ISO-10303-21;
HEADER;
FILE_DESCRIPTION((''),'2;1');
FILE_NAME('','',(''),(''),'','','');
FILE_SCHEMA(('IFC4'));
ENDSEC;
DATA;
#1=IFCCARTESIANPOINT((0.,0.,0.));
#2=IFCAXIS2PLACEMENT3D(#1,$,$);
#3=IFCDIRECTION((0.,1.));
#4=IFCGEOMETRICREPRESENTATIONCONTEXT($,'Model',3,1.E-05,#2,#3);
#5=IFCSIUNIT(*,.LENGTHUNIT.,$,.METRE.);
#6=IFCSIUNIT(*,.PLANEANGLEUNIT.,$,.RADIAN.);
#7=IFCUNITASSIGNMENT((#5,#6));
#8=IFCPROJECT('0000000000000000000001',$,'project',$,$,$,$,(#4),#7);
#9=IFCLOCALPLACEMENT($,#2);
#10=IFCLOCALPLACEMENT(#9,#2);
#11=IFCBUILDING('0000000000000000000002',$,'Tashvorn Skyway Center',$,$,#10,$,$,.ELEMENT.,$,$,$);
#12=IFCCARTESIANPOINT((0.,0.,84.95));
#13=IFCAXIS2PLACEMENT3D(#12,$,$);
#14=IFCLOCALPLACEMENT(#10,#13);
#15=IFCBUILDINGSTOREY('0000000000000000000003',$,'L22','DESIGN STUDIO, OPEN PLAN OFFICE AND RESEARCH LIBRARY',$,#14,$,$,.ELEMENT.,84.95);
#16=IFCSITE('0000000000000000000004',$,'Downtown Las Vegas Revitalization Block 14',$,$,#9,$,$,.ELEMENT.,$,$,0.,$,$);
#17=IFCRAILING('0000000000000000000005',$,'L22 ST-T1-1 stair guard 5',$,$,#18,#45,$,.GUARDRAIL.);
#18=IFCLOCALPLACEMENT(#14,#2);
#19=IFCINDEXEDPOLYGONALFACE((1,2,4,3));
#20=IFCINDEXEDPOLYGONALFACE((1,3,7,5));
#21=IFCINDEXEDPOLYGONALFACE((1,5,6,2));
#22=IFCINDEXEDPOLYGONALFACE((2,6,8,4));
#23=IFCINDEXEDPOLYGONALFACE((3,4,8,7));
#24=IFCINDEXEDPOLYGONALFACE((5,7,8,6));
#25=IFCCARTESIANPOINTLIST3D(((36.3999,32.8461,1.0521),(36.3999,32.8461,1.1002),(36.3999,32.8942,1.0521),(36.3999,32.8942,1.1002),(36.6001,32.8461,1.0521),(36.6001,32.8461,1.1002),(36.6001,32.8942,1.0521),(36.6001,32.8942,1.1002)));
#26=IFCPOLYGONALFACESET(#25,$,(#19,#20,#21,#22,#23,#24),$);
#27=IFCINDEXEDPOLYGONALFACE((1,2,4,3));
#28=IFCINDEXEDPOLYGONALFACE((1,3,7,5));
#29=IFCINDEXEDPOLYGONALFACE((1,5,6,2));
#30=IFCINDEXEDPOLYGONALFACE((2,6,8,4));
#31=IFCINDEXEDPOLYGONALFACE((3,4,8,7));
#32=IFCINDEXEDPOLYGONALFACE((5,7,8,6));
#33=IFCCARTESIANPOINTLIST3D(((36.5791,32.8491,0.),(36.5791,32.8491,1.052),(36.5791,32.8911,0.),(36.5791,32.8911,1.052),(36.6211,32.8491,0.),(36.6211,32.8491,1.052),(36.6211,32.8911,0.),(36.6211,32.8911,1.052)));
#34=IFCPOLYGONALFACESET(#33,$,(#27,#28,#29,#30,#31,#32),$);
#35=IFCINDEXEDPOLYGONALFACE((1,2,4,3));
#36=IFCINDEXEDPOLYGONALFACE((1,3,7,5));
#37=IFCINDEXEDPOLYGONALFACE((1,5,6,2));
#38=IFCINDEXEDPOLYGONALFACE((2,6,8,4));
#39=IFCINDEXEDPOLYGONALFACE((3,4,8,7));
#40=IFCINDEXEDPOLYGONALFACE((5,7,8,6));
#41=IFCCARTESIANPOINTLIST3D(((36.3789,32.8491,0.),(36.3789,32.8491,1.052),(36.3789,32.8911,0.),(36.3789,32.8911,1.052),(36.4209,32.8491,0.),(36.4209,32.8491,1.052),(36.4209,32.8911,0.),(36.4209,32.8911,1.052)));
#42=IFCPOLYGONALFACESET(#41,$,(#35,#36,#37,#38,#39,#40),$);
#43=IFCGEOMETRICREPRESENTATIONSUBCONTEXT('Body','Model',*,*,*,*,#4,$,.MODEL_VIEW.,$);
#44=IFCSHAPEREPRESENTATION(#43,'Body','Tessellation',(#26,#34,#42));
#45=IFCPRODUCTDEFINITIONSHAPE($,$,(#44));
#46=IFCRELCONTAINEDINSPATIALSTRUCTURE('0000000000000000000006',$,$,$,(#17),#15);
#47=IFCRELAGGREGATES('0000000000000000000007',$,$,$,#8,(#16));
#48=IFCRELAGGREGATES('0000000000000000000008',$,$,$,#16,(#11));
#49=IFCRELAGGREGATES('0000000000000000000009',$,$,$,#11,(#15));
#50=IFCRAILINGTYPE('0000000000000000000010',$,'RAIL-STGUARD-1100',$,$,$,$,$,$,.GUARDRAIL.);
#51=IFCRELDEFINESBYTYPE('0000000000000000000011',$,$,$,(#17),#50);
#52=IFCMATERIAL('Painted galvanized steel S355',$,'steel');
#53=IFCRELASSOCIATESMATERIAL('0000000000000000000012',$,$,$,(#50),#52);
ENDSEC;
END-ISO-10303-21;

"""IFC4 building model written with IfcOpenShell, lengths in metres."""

from ifc_helpers import new_model, si_unit, direction, frame, origin, origin_2d, place, context, subcontext, project, spatial, rectangle, extrude, material, type_object, element, save


model = new_model("IFC4")

# Units and contexts
model_context = context("Model", 3, precision=1e-05, world=origin(), true_north=direction((0.0, 1.0)))
body_context = subcontext(model_context, "Body", "Model", "MODEL_VIEW")
ifc_project = project(units=[si_unit("LENGTHUNIT", "METRE"), si_unit("PLANEANGLEUNIT", "RADIAN")], contexts=[model_context])

# Site, building, storey
site_placement = place(None, origin())
site = spatial("IfcSite", under=ifc_project, at=site_placement, Name="Downtown Las Vegas Revitalization Block 14", CompositionType="ELEMENT", RefElevation=0.0)
building_placement = place(site_placement, origin())
building = spatial("IfcBuilding", under=site, at=building_placement, Name="Tashvorn Skyway Center", CompositionType="ELEMENT")
storey_placement = place(building_placement, frame((0.0, 0.0, 84.95)))
storey = spatial("IfcBuildingStorey", under=building, at=storey_placement, Name="L22", Description="DESIGN STUDIO, OPEN PLAN OFFICE AND RESEARCH LIBRARY", CompositionType="ELEMENT", Elevation=84.95)

# Railing
ifc_material_1 = material(Name="Painted galvanized steel S355", Category="steel")
railing_type_1 = type_object("IfcRailingType", Name="RAIL-STGUARD-1100", PredefinedType="GUARDRAIL", material=ifc_material_1)
railing_1_placement = place(storey_placement, frame((36.6001, 32.8701, 0.0)))
element("IfcRailing", 1, at=railing_1_placement, inside=storey, type_object=railing_type_1, Name="L22 ST-T1-1 stair guard 5", PredefinedType="GUARDRAIL", context=body_context, shape_type="SweptSolid", body=[
    extrude(rectangle(XDim=0.0481, YDim=0.0481, at=origin_2d()), frame((0.0, 0.0, 1.0762), z_axis=(-1.0, 0.0, 0.0), x_axis=(0.0, -1.0, 0.0)), (0.0, 0.0, 1.0), 0.2002),
    extrude(rectangle(XDim=0.042, YDim=0.042, at=origin_2d()), origin(), (0.0, 0.0, 1.0), 1.052),
    extrude(rectangle(XDim=0.042, YDim=0.042, at=origin_2d()), frame((-0.2002, 0.0, 0.0)), (0.0, 0.0, 1.0), 1.052),
])

save(model, "model.ifc")
